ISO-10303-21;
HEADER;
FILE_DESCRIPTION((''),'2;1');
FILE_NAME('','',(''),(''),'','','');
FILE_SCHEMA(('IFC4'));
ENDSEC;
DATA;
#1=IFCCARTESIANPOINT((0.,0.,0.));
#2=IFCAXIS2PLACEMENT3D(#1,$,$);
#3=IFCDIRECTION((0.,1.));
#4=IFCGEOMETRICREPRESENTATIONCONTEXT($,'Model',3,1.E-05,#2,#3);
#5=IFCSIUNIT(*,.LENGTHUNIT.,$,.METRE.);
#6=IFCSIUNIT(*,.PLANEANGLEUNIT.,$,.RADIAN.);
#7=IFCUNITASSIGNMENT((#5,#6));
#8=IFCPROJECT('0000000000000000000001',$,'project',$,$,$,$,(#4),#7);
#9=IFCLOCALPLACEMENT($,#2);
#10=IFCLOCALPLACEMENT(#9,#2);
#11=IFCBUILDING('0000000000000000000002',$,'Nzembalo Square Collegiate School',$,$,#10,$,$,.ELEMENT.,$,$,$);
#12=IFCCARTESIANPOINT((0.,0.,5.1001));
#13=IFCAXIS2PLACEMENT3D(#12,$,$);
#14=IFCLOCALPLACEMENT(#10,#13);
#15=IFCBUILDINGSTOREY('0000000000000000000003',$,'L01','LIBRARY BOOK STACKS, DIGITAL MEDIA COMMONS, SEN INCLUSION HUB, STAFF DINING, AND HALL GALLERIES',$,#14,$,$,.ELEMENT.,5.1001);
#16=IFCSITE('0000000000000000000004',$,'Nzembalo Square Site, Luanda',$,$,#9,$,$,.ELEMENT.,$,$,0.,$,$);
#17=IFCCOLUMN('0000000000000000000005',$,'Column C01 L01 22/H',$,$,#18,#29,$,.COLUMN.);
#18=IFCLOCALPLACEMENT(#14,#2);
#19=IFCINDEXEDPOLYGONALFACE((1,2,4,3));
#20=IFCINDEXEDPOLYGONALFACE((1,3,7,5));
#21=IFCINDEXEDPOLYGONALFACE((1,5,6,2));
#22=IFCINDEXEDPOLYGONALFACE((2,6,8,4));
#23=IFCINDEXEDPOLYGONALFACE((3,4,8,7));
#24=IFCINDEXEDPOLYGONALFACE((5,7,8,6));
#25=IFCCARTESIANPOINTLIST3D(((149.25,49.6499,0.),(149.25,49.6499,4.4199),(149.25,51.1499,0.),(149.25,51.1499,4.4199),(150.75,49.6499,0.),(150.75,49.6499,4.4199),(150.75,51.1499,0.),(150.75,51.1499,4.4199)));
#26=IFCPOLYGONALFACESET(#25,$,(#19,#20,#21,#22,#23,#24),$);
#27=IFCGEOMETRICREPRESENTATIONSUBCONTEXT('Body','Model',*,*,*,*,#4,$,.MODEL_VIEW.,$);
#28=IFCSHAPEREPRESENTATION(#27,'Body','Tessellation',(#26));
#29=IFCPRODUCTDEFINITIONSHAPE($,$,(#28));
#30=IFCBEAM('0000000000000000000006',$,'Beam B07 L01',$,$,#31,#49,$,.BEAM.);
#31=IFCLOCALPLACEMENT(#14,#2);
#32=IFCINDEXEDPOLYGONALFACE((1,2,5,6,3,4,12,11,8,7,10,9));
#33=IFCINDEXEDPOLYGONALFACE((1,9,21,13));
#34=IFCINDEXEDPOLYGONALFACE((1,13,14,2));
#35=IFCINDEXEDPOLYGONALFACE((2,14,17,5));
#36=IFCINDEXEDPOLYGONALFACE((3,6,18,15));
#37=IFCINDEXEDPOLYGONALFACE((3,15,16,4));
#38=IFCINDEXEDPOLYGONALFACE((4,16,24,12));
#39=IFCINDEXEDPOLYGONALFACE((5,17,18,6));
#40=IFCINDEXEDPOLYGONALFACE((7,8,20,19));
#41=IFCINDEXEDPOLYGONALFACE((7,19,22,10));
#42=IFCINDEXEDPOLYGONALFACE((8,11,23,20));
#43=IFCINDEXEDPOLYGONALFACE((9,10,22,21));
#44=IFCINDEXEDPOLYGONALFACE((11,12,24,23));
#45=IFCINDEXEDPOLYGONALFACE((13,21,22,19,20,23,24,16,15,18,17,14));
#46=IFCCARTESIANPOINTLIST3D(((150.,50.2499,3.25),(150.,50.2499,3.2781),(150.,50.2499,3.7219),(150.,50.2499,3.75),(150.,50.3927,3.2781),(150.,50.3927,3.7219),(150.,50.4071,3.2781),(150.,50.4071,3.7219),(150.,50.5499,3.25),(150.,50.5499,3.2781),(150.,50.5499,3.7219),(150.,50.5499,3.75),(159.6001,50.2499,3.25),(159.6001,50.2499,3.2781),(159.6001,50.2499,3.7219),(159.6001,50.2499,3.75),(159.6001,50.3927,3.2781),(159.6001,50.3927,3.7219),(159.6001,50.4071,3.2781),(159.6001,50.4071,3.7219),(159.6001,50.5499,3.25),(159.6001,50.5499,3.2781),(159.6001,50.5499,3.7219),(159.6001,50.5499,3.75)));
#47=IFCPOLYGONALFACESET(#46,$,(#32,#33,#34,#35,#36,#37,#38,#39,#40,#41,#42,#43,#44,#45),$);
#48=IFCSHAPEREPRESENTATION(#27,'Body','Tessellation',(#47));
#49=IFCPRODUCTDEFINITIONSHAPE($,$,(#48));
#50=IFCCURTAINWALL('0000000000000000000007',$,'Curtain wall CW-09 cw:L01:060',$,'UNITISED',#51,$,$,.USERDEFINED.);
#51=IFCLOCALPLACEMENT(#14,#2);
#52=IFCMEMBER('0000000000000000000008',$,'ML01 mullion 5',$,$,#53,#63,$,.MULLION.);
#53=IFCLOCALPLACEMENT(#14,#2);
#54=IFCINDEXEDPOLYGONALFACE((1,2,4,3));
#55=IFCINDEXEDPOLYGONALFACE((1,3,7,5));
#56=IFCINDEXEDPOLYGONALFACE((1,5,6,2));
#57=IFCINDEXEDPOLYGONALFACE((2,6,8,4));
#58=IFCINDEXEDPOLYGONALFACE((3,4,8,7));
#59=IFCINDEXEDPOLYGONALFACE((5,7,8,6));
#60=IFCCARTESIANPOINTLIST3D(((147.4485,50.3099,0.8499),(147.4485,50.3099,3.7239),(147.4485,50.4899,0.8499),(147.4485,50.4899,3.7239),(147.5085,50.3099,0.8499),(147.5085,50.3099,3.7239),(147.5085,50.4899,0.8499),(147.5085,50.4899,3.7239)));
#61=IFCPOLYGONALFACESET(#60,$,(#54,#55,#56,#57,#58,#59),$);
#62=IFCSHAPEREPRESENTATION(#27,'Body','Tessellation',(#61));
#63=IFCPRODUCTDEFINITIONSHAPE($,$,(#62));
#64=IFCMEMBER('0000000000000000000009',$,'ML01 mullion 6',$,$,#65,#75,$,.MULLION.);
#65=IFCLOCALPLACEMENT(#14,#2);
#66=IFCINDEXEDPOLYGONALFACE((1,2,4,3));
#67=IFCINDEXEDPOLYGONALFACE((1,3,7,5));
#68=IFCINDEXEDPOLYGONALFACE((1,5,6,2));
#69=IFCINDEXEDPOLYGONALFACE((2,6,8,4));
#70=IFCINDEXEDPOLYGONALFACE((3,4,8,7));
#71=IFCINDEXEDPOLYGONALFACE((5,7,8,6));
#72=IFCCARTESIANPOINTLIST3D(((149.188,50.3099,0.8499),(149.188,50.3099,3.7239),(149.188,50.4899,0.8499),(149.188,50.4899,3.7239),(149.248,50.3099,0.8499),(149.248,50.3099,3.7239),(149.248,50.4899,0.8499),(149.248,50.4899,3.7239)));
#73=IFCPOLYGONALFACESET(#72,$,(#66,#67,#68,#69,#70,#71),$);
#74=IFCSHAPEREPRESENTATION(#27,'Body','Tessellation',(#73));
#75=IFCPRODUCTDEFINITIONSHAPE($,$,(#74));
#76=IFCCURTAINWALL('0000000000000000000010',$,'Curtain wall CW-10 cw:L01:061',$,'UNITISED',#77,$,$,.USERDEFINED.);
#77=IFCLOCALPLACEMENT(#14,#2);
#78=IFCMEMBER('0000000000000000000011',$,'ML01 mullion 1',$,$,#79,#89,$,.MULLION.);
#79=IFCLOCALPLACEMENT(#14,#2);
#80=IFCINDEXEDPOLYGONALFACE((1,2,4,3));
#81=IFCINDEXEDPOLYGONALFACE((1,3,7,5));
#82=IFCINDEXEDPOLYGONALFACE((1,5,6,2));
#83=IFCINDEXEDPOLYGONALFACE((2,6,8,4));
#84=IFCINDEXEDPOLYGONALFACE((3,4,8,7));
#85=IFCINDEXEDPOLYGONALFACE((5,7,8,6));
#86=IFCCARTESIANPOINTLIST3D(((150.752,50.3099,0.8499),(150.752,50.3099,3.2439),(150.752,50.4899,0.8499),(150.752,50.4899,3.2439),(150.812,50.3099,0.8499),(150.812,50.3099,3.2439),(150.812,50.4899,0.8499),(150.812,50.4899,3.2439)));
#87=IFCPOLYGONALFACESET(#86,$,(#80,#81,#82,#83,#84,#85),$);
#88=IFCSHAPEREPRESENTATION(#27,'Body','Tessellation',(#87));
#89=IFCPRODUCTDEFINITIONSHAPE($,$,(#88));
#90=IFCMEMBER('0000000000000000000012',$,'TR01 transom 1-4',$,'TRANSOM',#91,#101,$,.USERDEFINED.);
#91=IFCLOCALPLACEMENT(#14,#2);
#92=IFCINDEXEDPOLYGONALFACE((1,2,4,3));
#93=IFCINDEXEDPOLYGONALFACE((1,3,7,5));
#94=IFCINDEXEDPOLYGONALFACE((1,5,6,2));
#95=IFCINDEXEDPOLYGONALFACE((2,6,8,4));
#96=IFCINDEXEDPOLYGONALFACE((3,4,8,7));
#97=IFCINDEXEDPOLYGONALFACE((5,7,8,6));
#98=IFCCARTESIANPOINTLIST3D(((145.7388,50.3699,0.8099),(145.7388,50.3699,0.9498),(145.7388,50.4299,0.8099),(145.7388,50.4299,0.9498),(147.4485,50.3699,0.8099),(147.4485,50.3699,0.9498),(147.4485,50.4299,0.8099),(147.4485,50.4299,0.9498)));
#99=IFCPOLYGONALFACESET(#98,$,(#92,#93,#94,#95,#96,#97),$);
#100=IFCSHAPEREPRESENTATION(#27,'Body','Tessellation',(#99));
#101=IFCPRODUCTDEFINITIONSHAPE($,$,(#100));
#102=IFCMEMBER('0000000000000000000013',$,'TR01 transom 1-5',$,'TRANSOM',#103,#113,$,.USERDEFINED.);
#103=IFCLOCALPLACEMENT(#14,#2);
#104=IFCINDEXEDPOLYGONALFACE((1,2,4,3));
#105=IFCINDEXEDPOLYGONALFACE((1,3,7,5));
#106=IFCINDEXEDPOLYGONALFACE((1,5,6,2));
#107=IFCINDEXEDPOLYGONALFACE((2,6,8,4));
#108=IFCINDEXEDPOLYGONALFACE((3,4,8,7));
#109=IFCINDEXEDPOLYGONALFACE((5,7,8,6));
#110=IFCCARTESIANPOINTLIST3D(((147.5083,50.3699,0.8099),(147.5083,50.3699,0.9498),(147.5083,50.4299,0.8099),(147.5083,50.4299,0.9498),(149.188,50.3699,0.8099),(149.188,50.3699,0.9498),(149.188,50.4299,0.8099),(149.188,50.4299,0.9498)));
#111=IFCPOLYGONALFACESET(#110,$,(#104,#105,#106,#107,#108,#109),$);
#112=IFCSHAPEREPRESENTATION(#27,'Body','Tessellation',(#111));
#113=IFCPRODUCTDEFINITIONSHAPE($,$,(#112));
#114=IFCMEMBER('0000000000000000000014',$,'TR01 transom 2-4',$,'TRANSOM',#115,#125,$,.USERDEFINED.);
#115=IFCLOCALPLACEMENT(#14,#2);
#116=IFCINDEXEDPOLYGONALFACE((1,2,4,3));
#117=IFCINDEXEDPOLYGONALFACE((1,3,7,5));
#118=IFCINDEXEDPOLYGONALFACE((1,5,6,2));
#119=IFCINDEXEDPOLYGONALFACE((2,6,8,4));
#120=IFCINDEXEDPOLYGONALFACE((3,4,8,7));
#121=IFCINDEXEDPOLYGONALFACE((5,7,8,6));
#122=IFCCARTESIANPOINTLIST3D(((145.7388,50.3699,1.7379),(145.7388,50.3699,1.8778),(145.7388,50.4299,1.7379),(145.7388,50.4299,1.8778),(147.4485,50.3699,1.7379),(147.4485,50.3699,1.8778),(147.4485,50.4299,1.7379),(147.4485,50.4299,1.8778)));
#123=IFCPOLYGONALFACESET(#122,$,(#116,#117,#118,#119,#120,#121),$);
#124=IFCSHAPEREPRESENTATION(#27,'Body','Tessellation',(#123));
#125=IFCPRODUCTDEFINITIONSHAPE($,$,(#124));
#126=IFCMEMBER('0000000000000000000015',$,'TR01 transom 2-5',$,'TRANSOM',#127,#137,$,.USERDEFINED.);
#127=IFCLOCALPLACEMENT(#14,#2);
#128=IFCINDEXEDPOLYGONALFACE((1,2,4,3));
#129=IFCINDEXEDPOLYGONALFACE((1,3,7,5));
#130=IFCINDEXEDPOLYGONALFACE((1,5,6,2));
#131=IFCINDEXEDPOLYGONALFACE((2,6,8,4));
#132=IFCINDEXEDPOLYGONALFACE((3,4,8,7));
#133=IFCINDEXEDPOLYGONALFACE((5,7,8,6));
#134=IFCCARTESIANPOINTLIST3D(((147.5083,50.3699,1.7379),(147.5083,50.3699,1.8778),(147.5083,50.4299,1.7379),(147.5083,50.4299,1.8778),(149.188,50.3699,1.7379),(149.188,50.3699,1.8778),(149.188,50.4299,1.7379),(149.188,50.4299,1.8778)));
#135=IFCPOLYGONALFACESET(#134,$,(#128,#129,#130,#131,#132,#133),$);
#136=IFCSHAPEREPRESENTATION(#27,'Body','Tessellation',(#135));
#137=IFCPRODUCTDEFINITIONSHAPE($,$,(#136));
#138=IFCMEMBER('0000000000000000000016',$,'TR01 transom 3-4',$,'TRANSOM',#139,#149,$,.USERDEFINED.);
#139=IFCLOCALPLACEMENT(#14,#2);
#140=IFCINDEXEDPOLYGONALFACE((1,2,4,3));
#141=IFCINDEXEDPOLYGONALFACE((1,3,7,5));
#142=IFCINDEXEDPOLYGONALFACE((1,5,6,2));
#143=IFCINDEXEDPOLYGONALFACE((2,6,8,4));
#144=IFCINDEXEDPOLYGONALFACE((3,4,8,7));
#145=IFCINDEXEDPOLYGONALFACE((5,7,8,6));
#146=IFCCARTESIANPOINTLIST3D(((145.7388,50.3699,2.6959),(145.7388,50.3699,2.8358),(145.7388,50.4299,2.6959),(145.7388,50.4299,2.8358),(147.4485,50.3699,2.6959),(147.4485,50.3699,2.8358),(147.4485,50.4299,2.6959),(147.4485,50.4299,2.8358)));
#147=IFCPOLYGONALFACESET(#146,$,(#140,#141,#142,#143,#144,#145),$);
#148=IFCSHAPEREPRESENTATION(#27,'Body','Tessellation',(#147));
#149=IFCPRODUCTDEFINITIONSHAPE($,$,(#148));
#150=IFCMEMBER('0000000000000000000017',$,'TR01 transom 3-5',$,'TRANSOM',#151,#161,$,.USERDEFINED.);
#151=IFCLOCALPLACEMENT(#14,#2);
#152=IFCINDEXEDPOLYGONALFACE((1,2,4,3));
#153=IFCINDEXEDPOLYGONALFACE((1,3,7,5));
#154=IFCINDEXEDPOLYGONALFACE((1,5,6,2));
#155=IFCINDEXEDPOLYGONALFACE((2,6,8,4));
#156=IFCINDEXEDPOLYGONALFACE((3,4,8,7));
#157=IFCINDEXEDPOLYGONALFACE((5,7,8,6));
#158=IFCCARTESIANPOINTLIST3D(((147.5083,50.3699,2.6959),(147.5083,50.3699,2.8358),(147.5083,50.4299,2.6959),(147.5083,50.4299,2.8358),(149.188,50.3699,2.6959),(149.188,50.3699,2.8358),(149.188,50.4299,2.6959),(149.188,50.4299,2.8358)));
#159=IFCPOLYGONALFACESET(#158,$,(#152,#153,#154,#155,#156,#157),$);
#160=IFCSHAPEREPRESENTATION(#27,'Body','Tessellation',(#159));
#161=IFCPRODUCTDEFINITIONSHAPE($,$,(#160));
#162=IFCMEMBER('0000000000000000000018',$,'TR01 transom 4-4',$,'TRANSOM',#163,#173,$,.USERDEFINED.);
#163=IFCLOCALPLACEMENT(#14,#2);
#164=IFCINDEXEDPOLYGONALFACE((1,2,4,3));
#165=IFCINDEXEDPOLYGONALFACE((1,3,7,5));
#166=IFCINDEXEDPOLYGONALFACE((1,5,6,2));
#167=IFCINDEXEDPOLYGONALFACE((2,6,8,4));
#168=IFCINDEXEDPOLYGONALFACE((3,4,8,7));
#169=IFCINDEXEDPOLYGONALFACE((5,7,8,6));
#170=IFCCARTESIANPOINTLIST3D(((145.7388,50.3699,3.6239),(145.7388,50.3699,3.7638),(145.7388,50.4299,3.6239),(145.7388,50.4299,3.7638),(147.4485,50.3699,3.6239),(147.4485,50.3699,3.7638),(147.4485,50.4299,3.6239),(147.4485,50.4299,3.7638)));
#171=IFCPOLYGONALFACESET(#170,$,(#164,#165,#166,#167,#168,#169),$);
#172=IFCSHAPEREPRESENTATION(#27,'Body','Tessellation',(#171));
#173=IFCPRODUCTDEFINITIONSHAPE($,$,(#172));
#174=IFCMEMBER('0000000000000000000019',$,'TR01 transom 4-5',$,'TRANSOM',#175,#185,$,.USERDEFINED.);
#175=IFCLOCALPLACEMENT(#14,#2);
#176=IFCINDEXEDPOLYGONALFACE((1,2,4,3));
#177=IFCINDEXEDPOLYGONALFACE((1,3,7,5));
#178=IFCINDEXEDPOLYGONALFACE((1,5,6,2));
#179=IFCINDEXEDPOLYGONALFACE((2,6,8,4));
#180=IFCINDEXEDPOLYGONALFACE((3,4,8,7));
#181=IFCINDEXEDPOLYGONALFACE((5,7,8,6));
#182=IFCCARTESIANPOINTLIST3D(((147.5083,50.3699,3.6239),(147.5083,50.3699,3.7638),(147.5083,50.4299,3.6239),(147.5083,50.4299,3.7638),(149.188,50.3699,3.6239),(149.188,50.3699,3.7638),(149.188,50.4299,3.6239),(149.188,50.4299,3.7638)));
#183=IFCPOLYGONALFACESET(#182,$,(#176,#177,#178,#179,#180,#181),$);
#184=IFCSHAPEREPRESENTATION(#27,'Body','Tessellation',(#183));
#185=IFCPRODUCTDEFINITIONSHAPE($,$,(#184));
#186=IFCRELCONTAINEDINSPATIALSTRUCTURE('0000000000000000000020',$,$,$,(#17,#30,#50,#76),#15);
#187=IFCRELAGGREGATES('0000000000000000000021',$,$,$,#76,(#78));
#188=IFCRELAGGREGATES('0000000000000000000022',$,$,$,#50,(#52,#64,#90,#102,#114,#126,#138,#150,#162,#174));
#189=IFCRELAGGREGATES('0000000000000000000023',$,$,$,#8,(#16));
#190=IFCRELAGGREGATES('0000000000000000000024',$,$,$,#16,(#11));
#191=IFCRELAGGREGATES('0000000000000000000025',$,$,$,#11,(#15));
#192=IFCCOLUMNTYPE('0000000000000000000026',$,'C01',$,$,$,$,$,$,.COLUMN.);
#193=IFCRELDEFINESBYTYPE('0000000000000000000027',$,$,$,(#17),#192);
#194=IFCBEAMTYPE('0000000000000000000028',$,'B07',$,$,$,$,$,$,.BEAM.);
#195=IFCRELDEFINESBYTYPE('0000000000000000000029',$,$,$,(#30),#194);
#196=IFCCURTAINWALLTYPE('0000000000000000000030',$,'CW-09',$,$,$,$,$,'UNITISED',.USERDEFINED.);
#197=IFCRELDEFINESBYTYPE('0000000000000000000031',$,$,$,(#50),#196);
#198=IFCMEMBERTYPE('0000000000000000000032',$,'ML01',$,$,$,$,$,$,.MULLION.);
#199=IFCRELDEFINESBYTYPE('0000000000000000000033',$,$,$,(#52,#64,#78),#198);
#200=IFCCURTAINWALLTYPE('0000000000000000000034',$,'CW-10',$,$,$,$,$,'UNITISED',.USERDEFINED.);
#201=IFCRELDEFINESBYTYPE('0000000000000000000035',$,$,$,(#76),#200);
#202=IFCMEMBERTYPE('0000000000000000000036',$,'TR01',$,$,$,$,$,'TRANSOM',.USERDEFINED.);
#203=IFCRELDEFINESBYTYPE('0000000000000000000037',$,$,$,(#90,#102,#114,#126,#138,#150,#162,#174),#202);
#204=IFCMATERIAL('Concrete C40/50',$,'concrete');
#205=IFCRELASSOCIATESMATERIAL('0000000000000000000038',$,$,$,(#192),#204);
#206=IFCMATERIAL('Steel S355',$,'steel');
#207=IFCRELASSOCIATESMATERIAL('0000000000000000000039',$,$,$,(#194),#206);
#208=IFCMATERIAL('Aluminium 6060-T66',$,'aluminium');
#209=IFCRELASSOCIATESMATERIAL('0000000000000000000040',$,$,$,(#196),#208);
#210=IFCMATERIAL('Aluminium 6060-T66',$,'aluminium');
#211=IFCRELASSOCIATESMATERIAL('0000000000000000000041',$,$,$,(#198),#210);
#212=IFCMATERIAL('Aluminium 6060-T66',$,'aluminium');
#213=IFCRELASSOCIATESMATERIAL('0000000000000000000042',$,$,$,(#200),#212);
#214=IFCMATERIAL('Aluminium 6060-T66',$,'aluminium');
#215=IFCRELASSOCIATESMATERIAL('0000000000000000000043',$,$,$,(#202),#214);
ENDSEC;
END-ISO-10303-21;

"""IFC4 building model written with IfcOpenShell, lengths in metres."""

from ifc_helpers import new_model, si_unit, direction, frame, origin, origin_2d, place, context, subcontext, project, spatial, rectangle, i_section, extrude, material, material_profile, profile_set, type_object, element, aggregate, save


model = new_model("IFC4")

# Units and contexts
model_context = context("Model", 3, precision=1e-05, world=origin(), true_north=direction((0.0, 1.0)))
body_context = subcontext(model_context, "Body", "Model", "MODEL_VIEW")
ifc_project = project(units=[si_unit("LENGTHUNIT", "METRE"), si_unit("PLANEANGLEUNIT", "RADIAN")], contexts=[model_context])

# Site, building, storey
site_placement = place(None, origin())
site = spatial("IfcSite", under=ifc_project, at=site_placement, Name="Nzembalo Square Site, Luanda", CompositionType="ELEMENT", RefElevation=0.0)
building_placement = place(site_placement, origin())
building = spatial("IfcBuilding", under=site, at=building_placement, Name="Nzembalo Square Collegiate School", CompositionType="ELEMENT")
storey_placement = place(building_placement, frame((0.0, 0.0, 5.1001)))
storey = spatial("IfcBuildingStorey", under=building, at=storey_placement, Name="L01", Description="LIBRARY BOOK STACKS, DIGITAL MEDIA COMMONS, SEN INCLUSION HUB, STAFF DINING, AND HALL GALLERIES", CompositionType="ELEMENT", Elevation=5.1001)

# Column
ifc_material_1 = material(Name="Concrete C40/50", Category="concrete")
ifc_material_profile_1 = material_profile(ifc_material_1, rectangle(XDim=1.5, YDim=1.5, at=origin_2d()), Name="RC 1500x1500")
ifc_profile_set_1 = profile_set([ifc_material_profile_1], Name="Concrete C40/50")
column_type = type_object("IfcColumnType", Name="C01", PredefinedType="COLUMN", material=ifc_profile_set_1)
column_placement = place(storey_placement, frame((150.0, 50.3999, 0.0), z_axis=(0.0, 0.0, 1.0), x_axis=(1.0, 0.0, 0.0)))
element("IfcColumn", 1, at=column_placement, inside=storey, type_object=column_type, Name="Column C01 L01 22/H", PredefinedType="COLUMN", context=body_context, shape_type="SweptSolid", body=[
    extrude(rectangle(XDim=1.5, YDim=1.5, at=origin_2d()), origin(), (0.0, 0.0, 1.0), 4.4199),
])

# Beam
ifc_material_2 = material(Name="Steel S355", Category="steel")
ifc_material_profile_2 = material_profile(ifc_material_2, i_section(OverallWidth=0.3, OverallDepth=0.5, WebThickness=0.0144, FlangeThickness=0.0281, at=origin_2d()), Name="HEB 500")
ifc_profile_set_2 = profile_set([ifc_material_profile_2], Name="Steel S355")
beam_type = type_object("IfcBeamType", Name="B07", PredefinedType="BEAM", material=ifc_profile_set_2)
beam_placement = place(storey_placement, frame((150.0, 50.3999, 3.5), z_axis=(1.0, 0.0, 0.0), x_axis=(0.0, 1.0, 0.0)))
element("IfcBeam", 2, at=beam_placement, inside=storey, type_object=beam_type, Name="Beam B07 L01", PredefinedType="BEAM", context=body_context, shape_type="SweptSolid", body=[
    extrude(i_section(OverallWidth=0.3, OverallDepth=0.5, WebThickness=0.0144, FlangeThickness=0.0281, at=origin_2d()), origin(), (0.0, 0.0, 1.0), 9.6001),
])

# Curtain wall, members
ifc_material_3 = material(Name="Aluminium 6060-T66", Category="aluminium")
curtain_wall_type_1 = type_object("IfcCurtainWallType", Name="CW-09", ElementType="UNITISED", PredefinedType="USERDEFINED", material=ifc_material_3)
curtain_wall_1_placement = place(storey_placement, origin())
curtain_wall_1 = element("IfcCurtainWall", 3, at=curtain_wall_1_placement, inside=storey, type_object=curtain_wall_type_1, Name="Curtain wall CW-09 cw:L01:060", ObjectType="UNITISED", PredefinedType="USERDEFINED")
ifc_material_4 = material(Name="Aluminium 6060-T66", Category="aluminium")
ifc_material_profile_3 = material_profile(ifc_material_4, rectangle(XDim=0.0601, YDim=0.1799, at=origin_2d()), Name="ALU M60x180")
ifc_profile_set_3 = profile_set([ifc_material_profile_3], Name="Aluminium 6060-T66")
member_type_1 = type_object("IfcMemberType", Name="ML01", PredefinedType="MULLION", material=ifc_profile_set_3)
member_1_placement = place(storey_placement, frame((147.4785, 50.3999, 0.8499), z_axis=(0.0, 0.0, 1.0), x_axis=(1.0, 0.0, 0.0)))
member_1 = element("IfcMember", 4, at=member_1_placement, type_object=member_type_1, Name="ML01 mullion 5", PredefinedType="MULLION", context=body_context, shape_type="SweptSolid", body=[
    extrude(rectangle(XDim=0.0601, YDim=0.1799, at=origin_2d()), origin(), (0.0, 0.0, 1.0), 2.874),
])
member_2_placement = place(storey_placement, frame((149.218, 50.3999, 0.8499), z_axis=(0.0, 0.0, 1.0), x_axis=(1.0, 0.0, 0.0)))
member_2 = element("IfcMember", 5, at=member_2_placement, type_object=member_type_1, Name="ML01 mullion 6", PredefinedType="MULLION", context=body_context, shape_type="SweptSolid", body=[
    extrude(rectangle(XDim=0.0601, YDim=0.1799, at=origin_2d()), origin(), (0.0, 0.0, 1.0), 2.874),
])

# Curtain wall, member
ifc_material_5 = material(Name="Aluminium 6060-T66", Category="aluminium")
curtain_wall_type_2 = type_object("IfcCurtainWallType", Name="CW-10", ElementType="UNITISED", PredefinedType="USERDEFINED", material=ifc_material_5)
curtain_wall_2_placement = place(storey_placement, origin())
curtain_wall_2 = element("IfcCurtainWall", 6, at=curtain_wall_2_placement, inside=storey, type_object=curtain_wall_type_2, Name="Curtain wall CW-10 cw:L01:061", ObjectType="UNITISED", PredefinedType="USERDEFINED")
member_3_placement = place(storey_placement, frame((150.782, 50.3999, 0.8499), z_axis=(0.0, 0.0, 1.0), x_axis=(1.0, 0.0, 0.0)))
member_3 = element("IfcMember", 7, at=member_3_placement, type_object=member_type_1, Name="ML01 mullion 1", PredefinedType="MULLION", context=body_context, shape_type="SweptSolid", body=[
    extrude(rectangle(XDim=0.0601, YDim=0.1799, at=origin_2d()), origin(), (0.0, 0.0, 1.0), 2.394),
])
aggregate(curtain_wall_2, [member_3])

# Members
ifc_material_6 = material(Name="Aluminium 6060-T66", Category="aluminium")
ifc_material_profile_4 = material_profile(ifc_material_6, rectangle(XDim=0.0601, YDim=0.1399, at=origin_2d()), Name="ALU T60x140")
ifc_profile_set_4 = profile_set([ifc_material_profile_4], Name="Aluminium 6060-T66")
member_type_2 = type_object("IfcMemberType", Name="TR01", ElementType="TRANSOM", PredefinedType="USERDEFINED", material=ifc_profile_set_4)
member_4_placement = place(storey_placement, frame((145.7388, 50.3999, 0.8799), z_axis=(1.0, 0.0, 0.0), x_axis=(0.0, 1.0, 0.0)))
member_4 = element("IfcMember", 8, at=member_4_placement, type_object=member_type_2, Name="TR01 transom 1-4", ObjectType="TRANSOM", PredefinedType="USERDEFINED", context=body_context, shape_type="SweptSolid", body=[
    extrude(rectangle(XDim=0.0601, YDim=0.1399, at=origin_2d()), origin(), (0.0, 0.0, 1.0), 1.7097),
])
member_5_placement = place(storey_placement, frame((147.5083, 50.3999, 0.8799), z_axis=(1.0, 0.0, 0.0), x_axis=(0.0, 1.0, 0.0)))
member_5 = element("IfcMember", 9, at=member_5_placement, type_object=member_type_2, Name="TR01 transom 1-5", ObjectType="TRANSOM", PredefinedType="USERDEFINED", context=body_context, shape_type="SweptSolid", body=[
    extrude(rectangle(XDim=0.0601, YDim=0.1399, at=origin_2d()), origin(), (0.0, 0.0, 1.0), 1.6797),
])
member_6_placement = place(storey_placement, frame((145.7388, 50.3999, 1.8079), z_axis=(1.0, 0.0, 0.0), x_axis=(0.0, 1.0, 0.0)))
member_6 = element("IfcMember", 10, at=member_6_placement, type_object=member_type_2, Name="TR01 transom 2-4", ObjectType="TRANSOM", PredefinedType="USERDEFINED", context=body_context, shape_type="SweptSolid", body=[
    extrude(rectangle(XDim=0.0601, YDim=0.1399, at=origin_2d()), origin(), (0.0, 0.0, 1.0), 1.7097),
])
member_7_placement = place(storey_placement, frame((147.5083, 50.3999, 1.8079), z_axis=(1.0, 0.0, 0.0), x_axis=(0.0, 1.0, 0.0)))
member_7 = element("IfcMember", 11, at=member_7_placement, type_object=member_type_2, Name="TR01 transom 2-5", ObjectType="TRANSOM", PredefinedType="USERDEFINED", context=body_context, shape_type="SweptSolid", body=[
    extrude(rectangle(XDim=0.0601, YDim=0.1399, at=origin_2d()), origin(), (0.0, 0.0, 1.0), 1.6797),
])
member_8_placement = place(storey_placement, frame((145.7388, 50.3999, 2.7659), z_axis=(1.0, 0.0, 0.0), x_axis=(0.0, 1.0, 0.0)))
member_8 = element("IfcMember", 12, at=member_8_placement, type_object=member_type_2, Name="TR01 transom 3-4", ObjectType="TRANSOM", PredefinedType="USERDEFINED", context=body_context, shape_type="SweptSolid", body=[
    extrude(rectangle(XDim=0.0601, YDim=0.1399, at=origin_2d()), origin(), (0.0, 0.0, 1.0), 1.7097),
])
member_9_placement = place(storey_placement, frame((147.5083, 50.3999, 2.7659), z_axis=(1.0, 0.0, 0.0), x_axis=(0.0, 1.0, 0.0)))
member_9 = element("IfcMember", 13, at=member_9_placement, type_object=member_type_2, Name="TR01 transom 3-5", ObjectType="TRANSOM", PredefinedType="USERDEFINED", context=body_context, shape_type="SweptSolid", body=[
    extrude(rectangle(XDim=0.0601, YDim=0.1399, at=origin_2d()), origin(), (0.0, 0.0, 1.0), 1.6797),
])
member_10_placement = place(storey_placement, frame((145.7388, 50.3999, 3.6938), z_axis=(1.0, 0.0, 0.0), x_axis=(0.0, 1.0, 0.0)))
member_10 = element("IfcMember", 14, at=member_10_placement, type_object=member_type_2, Name="TR01 transom 4-4", ObjectType="TRANSOM", PredefinedType="USERDEFINED", context=body_context, shape_type="SweptSolid", body=[
    extrude(rectangle(XDim=0.0601, YDim=0.1399, at=origin_2d()), origin(), (0.0, 0.0, 1.0), 1.7097),
])
member_11_placement = place(storey_placement, frame((147.5083, 50.3999, 3.6938), z_axis=(1.0, 0.0, 0.0), x_axis=(0.0, 1.0, 0.0)))
member_11 = element("IfcMember", 15, at=member_11_placement, type_object=member_type_2, Name="TR01 transom 4-5", ObjectType="TRANSOM", PredefinedType="USERDEFINED", context=body_context, shape_type="SweptSolid", body=[
    extrude(rectangle(XDim=0.0601, YDim=0.1399, at=origin_2d()), origin(), (0.0, 0.0, 1.0), 1.6797),
])

aggregate(curtain_wall_1, [member_1, member_2, member_4, member_5, member_6, member_7, member_8, member_9, member_10, member_11])

save(model, "model.ifc")
